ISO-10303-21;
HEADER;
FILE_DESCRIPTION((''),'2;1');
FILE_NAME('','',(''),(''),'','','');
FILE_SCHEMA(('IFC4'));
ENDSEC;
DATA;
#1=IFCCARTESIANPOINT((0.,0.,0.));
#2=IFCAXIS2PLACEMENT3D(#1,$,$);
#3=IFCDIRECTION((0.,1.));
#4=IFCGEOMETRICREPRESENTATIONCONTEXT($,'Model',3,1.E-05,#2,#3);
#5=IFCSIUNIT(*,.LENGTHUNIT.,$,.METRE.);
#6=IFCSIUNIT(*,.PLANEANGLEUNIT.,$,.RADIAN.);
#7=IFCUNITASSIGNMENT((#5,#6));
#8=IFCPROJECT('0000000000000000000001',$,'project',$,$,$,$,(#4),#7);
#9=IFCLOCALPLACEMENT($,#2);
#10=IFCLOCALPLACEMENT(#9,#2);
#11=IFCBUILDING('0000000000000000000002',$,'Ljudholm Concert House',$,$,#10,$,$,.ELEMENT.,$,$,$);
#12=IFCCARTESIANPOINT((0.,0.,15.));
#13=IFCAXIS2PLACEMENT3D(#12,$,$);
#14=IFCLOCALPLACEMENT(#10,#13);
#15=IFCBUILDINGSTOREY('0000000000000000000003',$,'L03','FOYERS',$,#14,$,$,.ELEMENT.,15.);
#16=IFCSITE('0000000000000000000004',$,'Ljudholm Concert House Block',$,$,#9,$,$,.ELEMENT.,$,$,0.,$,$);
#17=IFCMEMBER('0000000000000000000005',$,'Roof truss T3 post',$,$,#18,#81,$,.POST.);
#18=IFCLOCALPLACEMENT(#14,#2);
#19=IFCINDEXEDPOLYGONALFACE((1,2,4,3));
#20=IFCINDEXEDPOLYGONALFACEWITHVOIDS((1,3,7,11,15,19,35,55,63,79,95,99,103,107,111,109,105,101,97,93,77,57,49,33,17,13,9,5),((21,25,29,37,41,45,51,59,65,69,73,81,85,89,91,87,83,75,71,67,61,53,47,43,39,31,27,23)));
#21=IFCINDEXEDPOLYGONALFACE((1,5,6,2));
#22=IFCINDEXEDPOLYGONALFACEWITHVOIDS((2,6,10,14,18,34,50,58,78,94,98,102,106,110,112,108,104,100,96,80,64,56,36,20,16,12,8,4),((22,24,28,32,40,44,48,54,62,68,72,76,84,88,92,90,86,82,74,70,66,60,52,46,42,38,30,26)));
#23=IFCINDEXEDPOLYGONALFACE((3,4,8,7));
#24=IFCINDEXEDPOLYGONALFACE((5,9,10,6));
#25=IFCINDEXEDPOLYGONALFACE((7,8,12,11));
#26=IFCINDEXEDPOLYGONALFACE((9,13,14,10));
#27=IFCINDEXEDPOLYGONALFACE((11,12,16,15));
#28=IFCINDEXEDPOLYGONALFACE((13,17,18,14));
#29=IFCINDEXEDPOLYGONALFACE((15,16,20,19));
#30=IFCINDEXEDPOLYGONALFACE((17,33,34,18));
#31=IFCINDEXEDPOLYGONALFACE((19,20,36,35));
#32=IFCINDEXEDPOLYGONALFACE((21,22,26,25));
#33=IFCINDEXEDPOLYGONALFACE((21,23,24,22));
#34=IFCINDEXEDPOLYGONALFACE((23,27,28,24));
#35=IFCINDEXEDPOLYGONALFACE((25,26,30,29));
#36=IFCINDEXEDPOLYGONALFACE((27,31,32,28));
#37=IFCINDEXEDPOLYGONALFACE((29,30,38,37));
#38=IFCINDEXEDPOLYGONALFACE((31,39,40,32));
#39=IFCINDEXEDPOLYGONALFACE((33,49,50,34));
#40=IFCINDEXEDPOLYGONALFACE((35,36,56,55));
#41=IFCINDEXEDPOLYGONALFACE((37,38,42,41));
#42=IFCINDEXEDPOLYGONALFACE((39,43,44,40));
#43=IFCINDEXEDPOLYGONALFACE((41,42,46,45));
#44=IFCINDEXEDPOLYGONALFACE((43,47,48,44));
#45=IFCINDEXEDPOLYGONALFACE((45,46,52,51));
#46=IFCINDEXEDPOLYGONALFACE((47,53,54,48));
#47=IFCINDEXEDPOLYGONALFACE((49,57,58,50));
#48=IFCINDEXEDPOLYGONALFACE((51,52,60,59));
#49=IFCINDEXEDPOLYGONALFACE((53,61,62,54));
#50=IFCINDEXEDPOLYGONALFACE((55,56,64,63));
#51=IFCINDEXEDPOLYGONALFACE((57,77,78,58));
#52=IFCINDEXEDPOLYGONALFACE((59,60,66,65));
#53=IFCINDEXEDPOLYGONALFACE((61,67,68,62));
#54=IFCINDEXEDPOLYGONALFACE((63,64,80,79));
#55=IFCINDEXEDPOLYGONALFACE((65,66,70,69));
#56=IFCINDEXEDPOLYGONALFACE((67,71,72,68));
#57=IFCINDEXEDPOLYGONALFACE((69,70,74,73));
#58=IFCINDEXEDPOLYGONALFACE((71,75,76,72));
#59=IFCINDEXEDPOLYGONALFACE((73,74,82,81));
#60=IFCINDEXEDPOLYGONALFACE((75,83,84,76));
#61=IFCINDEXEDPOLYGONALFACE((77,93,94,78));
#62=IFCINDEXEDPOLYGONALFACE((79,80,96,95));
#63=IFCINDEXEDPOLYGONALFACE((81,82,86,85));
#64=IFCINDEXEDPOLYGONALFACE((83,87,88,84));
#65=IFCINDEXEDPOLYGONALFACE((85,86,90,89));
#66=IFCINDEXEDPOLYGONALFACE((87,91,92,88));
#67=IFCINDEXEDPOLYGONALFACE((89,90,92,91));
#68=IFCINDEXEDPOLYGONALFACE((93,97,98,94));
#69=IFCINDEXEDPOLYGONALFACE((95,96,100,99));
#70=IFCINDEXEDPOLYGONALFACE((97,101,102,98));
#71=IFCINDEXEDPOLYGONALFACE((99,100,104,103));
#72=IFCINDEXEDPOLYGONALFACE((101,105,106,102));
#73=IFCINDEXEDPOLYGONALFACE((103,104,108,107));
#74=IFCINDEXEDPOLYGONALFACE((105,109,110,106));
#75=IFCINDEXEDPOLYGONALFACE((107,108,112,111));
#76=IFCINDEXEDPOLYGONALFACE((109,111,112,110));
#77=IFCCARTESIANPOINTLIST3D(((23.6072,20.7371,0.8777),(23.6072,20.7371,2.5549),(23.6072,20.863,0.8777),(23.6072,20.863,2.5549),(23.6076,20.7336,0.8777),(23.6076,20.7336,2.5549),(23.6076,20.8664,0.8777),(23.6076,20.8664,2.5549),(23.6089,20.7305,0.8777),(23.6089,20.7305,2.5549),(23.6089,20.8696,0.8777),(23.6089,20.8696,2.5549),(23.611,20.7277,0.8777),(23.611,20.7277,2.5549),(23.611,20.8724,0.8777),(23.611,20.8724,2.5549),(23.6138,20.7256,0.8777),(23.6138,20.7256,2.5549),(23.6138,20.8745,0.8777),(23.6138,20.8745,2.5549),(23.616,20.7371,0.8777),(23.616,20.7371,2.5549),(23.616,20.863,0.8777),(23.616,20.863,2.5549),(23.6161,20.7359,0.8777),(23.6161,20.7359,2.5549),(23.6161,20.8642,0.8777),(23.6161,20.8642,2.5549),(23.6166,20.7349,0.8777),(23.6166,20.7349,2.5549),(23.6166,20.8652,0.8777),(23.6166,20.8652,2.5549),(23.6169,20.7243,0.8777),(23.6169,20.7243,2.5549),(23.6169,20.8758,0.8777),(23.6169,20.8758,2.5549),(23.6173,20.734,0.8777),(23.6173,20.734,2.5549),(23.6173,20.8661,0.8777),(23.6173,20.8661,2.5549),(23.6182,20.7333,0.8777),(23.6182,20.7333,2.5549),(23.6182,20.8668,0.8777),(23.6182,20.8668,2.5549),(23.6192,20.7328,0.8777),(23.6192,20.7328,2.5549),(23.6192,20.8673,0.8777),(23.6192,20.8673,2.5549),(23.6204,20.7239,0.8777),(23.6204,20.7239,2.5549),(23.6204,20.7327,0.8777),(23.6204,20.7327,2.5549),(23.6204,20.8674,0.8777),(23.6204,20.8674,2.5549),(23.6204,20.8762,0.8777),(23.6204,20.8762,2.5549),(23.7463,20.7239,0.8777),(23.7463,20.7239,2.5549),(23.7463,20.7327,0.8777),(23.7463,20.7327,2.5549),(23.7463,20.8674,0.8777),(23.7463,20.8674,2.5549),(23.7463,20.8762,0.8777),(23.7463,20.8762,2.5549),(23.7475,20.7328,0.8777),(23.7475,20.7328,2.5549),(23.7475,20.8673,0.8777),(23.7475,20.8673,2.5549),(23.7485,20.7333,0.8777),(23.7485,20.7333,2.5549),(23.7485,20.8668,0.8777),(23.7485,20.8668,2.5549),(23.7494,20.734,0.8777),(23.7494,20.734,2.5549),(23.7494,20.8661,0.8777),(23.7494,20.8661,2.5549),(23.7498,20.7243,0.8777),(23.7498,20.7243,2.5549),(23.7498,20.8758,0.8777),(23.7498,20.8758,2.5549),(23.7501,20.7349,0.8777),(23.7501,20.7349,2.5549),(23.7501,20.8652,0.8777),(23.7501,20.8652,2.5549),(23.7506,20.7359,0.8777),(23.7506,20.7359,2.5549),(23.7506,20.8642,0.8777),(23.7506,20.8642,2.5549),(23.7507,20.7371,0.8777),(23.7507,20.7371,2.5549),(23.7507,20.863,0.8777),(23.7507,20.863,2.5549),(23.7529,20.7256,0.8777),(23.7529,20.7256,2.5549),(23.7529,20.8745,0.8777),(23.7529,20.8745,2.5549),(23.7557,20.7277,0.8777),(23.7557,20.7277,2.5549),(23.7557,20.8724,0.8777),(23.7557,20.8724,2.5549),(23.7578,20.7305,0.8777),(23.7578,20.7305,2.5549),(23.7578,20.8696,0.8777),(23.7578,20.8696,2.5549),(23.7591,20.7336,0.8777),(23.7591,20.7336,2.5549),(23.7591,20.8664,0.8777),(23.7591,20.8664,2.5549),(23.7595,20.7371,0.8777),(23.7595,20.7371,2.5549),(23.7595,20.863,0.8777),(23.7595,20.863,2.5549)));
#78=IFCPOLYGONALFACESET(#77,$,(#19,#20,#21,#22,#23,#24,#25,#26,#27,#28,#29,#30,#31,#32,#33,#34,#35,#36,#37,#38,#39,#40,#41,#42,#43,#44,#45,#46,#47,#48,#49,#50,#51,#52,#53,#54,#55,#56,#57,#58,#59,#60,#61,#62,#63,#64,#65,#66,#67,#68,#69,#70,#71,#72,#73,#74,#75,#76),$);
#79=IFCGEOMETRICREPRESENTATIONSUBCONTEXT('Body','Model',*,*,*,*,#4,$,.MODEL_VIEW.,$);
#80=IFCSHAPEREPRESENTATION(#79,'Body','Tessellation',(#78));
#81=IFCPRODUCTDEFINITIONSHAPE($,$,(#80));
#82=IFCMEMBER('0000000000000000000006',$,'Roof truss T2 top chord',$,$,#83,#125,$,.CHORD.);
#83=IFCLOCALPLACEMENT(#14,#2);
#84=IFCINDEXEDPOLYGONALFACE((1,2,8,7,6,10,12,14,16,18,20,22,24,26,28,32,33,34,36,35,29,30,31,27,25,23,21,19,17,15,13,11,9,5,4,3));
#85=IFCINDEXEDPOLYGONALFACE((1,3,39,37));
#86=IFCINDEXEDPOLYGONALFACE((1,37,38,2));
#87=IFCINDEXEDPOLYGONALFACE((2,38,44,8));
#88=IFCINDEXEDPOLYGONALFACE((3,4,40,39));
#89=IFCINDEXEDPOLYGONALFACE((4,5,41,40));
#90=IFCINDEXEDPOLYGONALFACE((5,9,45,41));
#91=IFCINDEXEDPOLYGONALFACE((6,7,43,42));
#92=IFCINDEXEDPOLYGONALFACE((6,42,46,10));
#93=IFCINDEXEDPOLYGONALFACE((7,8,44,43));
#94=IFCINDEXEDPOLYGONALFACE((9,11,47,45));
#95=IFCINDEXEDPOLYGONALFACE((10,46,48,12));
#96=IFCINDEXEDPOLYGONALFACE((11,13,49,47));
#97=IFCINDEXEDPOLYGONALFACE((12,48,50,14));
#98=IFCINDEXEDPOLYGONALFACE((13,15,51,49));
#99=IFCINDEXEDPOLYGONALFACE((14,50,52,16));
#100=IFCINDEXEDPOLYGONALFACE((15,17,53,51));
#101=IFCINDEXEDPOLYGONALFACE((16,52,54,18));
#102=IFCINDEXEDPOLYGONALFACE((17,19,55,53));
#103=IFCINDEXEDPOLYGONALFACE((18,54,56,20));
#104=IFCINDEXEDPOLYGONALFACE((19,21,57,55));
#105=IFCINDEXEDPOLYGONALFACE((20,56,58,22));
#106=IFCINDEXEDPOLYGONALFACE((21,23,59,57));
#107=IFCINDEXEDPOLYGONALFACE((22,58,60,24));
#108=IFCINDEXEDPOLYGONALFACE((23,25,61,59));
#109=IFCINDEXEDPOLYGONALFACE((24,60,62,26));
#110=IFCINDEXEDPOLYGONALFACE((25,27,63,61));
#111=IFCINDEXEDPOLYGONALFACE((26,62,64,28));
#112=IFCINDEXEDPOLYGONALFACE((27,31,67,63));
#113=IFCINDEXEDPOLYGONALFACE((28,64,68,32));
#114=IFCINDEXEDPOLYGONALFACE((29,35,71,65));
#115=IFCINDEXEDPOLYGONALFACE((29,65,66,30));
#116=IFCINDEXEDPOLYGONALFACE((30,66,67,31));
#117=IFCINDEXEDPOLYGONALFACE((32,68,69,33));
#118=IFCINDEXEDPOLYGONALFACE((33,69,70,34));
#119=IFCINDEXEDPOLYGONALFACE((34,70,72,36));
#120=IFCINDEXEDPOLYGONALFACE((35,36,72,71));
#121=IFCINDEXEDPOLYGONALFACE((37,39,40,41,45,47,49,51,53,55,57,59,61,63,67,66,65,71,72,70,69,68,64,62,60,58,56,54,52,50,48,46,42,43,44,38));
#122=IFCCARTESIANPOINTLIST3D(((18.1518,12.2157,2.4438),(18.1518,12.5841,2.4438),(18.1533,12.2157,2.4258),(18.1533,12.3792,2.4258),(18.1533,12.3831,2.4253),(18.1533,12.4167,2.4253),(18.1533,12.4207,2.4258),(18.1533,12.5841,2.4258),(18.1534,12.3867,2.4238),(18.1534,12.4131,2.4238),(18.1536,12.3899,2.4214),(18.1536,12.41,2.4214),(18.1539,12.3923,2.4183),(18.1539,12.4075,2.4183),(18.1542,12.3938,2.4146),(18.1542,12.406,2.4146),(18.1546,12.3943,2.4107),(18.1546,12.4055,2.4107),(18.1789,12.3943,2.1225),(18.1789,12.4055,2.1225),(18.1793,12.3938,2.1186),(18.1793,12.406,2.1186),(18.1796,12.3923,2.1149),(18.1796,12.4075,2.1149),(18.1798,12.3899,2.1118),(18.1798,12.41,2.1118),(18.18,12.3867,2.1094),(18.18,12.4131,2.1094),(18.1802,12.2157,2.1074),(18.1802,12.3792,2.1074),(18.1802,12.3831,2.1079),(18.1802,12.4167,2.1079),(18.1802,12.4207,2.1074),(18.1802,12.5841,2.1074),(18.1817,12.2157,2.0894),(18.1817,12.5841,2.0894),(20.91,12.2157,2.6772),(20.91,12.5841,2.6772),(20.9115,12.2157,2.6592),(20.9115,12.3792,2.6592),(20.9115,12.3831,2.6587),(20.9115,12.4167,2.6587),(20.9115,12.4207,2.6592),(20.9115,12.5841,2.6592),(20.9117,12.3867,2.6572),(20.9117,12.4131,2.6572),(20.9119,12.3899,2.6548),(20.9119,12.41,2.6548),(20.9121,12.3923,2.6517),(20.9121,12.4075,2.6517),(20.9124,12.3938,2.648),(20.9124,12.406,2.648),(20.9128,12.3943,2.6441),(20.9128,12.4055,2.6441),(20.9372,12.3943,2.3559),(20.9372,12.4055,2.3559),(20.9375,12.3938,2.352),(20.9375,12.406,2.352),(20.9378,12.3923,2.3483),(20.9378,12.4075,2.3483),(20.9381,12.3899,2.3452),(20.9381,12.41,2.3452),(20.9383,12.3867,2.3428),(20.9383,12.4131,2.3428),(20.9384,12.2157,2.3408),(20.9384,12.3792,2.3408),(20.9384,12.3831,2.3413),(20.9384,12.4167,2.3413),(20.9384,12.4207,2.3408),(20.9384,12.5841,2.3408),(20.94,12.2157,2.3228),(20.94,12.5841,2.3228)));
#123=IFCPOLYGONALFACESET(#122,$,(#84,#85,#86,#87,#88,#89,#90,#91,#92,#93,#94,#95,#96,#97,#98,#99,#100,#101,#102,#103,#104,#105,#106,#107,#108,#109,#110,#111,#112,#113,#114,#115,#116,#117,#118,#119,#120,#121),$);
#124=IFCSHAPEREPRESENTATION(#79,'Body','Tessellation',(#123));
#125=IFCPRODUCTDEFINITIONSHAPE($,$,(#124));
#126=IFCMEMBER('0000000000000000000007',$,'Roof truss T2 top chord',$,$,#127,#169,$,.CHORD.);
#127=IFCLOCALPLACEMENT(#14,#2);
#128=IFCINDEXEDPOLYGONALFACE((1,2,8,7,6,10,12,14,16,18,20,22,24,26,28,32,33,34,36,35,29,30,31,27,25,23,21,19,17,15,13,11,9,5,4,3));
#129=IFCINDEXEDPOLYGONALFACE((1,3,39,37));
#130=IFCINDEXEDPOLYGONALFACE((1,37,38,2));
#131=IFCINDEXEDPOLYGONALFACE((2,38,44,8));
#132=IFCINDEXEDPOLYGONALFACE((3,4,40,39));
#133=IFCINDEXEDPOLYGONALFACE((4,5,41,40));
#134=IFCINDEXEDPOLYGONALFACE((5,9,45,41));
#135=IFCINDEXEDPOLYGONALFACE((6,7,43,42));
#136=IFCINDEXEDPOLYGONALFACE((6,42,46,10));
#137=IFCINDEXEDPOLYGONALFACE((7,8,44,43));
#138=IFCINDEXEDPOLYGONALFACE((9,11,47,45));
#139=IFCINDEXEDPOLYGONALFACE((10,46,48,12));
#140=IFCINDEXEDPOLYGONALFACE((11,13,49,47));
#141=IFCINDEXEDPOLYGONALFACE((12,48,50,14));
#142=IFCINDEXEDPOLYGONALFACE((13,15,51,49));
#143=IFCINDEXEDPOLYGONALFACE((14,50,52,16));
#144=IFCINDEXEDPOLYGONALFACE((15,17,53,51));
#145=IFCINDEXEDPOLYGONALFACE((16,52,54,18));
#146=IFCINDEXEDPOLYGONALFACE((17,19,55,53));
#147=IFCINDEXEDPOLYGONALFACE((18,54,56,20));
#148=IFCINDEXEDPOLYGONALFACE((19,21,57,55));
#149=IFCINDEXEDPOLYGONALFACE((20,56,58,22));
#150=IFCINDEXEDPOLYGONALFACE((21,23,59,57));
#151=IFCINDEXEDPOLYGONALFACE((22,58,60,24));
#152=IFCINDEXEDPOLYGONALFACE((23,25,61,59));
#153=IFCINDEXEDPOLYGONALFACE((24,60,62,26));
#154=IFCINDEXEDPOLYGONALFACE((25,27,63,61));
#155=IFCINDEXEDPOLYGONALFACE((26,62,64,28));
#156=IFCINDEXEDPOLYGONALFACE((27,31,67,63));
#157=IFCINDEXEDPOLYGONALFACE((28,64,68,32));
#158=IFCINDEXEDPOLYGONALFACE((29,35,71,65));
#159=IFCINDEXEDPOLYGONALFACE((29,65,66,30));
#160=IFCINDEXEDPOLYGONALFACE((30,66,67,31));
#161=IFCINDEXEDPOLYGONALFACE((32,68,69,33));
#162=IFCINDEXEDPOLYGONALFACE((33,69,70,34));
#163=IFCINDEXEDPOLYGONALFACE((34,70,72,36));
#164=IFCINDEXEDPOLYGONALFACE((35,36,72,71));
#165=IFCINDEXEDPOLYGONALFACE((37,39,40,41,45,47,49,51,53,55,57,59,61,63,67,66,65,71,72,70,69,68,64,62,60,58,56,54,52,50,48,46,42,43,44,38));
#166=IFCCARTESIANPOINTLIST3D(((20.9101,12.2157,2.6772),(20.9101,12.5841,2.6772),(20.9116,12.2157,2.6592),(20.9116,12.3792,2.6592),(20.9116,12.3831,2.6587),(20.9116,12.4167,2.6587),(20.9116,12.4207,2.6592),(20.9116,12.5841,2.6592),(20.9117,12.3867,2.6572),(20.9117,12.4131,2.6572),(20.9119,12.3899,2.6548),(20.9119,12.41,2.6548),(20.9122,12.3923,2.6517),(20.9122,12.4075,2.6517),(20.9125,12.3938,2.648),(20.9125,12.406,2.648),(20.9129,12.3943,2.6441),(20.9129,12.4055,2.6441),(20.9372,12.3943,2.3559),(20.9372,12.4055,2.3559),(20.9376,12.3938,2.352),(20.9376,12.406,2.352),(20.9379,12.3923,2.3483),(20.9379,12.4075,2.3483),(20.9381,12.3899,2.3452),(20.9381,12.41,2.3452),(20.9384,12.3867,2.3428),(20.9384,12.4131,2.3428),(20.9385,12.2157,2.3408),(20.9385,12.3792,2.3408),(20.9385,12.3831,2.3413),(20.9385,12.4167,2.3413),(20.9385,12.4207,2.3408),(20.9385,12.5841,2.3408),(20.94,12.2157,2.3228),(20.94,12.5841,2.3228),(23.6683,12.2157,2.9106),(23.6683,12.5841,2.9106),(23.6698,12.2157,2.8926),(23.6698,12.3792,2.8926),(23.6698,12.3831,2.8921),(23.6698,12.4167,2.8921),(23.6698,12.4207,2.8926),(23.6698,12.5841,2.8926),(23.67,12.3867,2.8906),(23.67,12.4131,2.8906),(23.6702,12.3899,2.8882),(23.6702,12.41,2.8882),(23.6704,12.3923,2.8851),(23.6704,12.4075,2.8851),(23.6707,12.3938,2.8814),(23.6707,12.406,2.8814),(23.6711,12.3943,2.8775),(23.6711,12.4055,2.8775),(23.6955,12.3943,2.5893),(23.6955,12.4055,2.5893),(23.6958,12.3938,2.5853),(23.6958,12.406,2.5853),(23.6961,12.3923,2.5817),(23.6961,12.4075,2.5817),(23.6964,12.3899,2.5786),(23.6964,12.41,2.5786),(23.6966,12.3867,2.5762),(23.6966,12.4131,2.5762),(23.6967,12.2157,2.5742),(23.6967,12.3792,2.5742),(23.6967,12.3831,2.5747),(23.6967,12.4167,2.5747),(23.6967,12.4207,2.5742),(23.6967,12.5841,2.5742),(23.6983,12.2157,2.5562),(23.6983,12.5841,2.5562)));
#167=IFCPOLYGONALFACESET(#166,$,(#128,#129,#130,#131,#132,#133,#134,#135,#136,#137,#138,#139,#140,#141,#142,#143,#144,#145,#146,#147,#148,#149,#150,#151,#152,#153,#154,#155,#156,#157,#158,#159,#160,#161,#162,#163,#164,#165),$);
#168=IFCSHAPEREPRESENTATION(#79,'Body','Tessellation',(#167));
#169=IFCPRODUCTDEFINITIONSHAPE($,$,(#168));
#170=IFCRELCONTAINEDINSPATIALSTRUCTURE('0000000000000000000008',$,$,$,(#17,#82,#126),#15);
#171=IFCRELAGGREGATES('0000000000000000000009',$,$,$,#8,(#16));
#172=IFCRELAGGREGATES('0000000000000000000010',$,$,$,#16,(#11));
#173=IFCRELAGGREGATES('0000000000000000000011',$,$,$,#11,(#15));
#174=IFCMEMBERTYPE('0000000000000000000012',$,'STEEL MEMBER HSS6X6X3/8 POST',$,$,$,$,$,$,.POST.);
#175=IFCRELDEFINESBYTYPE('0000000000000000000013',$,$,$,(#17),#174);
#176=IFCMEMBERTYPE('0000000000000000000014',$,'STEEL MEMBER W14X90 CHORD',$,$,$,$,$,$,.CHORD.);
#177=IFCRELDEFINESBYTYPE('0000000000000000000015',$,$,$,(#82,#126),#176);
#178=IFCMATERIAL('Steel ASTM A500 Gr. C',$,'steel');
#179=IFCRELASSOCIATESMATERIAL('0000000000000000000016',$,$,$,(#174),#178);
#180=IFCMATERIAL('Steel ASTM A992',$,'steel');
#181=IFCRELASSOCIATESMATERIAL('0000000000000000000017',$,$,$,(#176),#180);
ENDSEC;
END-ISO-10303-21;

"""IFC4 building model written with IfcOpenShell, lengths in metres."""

from ifc_helpers import new_model, si_unit, direction, frame, origin, origin_2d, place, context, subcontext, project, spatial, hollow_rectangle, i_section, extrude, material, material_profile, profile_set, type_object, element, save


model = new_model("IFC4")

# Units and contexts
model_context = context("Model", 3, precision=1e-05, world=origin(), true_north=direction((0.0, 1.0)))
body_context = subcontext(model_context, "Body", "Model", "MODEL_VIEW")
ifc_project = project(units=[si_unit("LENGTHUNIT", "METRE"), si_unit("PLANEANGLEUNIT", "RADIAN")], contexts=[model_context])

# Site, building, storey
site_placement = place(None, origin())
site = spatial("IfcSite", under=ifc_project, at=site_placement, Name="Ljudholm Concert House Block", CompositionType="ELEMENT", RefElevation=0.0)
building_placement = place(site_placement, origin())
building = spatial("IfcBuilding", under=site, at=building_placement, Name="Ljudholm Concert House", CompositionType="ELEMENT")
storey_placement = place(building_placement, frame((0.0, 0.0, 15.0)))
storey = spatial("IfcBuildingStorey", under=building, at=storey_placement, Name="L03", Description="FOYERS", CompositionType="ELEMENT", Elevation=15.0)

# Members
ifc_material_1 = material(Name="Steel ASTM A500 Gr. C", Category="steel")
ifc_material_profile_1 = material_profile(ifc_material_1, hollow_rectangle(XDim=0.1523, YDim=0.1523, WallThickness=0.0088, InnerFilletRadius=0.0044, OuterFilletRadius=0.0132, at=origin_2d()), Name="HSS6X6X3/8")
ifc_profile_set_1 = profile_set([ifc_material_profile_1], Name="Steel ASTM A500 Gr. C")
member_type_1 = type_object("IfcMemberType", Name="STEEL MEMBER HSS6X6X3/8 POST", PredefinedType="POST", material=ifc_profile_set_1)
member_1_placement = place(storey_placement, frame((23.6833, 20.8, 0.8777), z_axis=(0.0, 0.0, 1.0), x_axis=(1.0, 0.0, 0.0)))
element("IfcMember", 1, at=member_1_placement, inside=storey, type_object=member_type_1, Name="Roof truss T3 post", PredefinedType="POST", context=body_context, shape_type="SweptSolid", body=[
    extrude(hollow_rectangle(XDim=0.1523, YDim=0.1523, WallThickness=0.0088, InnerFilletRadius=0.0044, OuterFilletRadius=0.0132, at=origin_2d()), origin(), (0.0, 0.0, 1.0), 1.6772),
])
ifc_material_2 = material(Name="Steel ASTM A992", Category="steel")
ifc_material_profile_2 = material_profile(ifc_material_2, i_section(OverallWidth=0.3684, OverallDepth=0.3557, WebThickness=0.0112, FlangeThickness=0.0181, FilletRadius=0.0151, at=origin_2d()), Name="W14X90")
ifc_profile_set_2 = profile_set([ifc_material_profile_2], Name="Steel ASTM A992")
member_type_2 = type_object("IfcMemberType", Name="STEEL MEMBER W14X90 CHORD", PredefinedType="CHORD", material=ifc_profile_set_2)
for number, where, z_axis, x_axis, name in (
    (2, (18.1667, 12.3999, 2.2666), (0.996439, 0.0, 0.084315), (0.0, 1.0, 0.0), "Roof truss T2 top chord"),
    (3, (20.925, 12.3999, 2.5), (0.996439, 0.0, 0.084315), (0.0, 1.0, 0.0), "Roof truss T2 top chord"),
):
    element("IfcMember", number, at=place(storey_placement, frame(where, z_axis=z_axis, x_axis=x_axis)), inside=storey, type_object=member_type_2, Name=name, PredefinedType="CHORD", context=body_context, shape_type="SweptSolid", body=[
        extrude(i_section(OverallWidth=0.3684, OverallDepth=0.3557, WebThickness=0.0112, FlangeThickness=0.0181, FilletRadius=0.0151, at=origin_2d()), origin(), (0.0, 0.0, 1.0), 2.7681),
    ])

save(model, "model.ifc")
